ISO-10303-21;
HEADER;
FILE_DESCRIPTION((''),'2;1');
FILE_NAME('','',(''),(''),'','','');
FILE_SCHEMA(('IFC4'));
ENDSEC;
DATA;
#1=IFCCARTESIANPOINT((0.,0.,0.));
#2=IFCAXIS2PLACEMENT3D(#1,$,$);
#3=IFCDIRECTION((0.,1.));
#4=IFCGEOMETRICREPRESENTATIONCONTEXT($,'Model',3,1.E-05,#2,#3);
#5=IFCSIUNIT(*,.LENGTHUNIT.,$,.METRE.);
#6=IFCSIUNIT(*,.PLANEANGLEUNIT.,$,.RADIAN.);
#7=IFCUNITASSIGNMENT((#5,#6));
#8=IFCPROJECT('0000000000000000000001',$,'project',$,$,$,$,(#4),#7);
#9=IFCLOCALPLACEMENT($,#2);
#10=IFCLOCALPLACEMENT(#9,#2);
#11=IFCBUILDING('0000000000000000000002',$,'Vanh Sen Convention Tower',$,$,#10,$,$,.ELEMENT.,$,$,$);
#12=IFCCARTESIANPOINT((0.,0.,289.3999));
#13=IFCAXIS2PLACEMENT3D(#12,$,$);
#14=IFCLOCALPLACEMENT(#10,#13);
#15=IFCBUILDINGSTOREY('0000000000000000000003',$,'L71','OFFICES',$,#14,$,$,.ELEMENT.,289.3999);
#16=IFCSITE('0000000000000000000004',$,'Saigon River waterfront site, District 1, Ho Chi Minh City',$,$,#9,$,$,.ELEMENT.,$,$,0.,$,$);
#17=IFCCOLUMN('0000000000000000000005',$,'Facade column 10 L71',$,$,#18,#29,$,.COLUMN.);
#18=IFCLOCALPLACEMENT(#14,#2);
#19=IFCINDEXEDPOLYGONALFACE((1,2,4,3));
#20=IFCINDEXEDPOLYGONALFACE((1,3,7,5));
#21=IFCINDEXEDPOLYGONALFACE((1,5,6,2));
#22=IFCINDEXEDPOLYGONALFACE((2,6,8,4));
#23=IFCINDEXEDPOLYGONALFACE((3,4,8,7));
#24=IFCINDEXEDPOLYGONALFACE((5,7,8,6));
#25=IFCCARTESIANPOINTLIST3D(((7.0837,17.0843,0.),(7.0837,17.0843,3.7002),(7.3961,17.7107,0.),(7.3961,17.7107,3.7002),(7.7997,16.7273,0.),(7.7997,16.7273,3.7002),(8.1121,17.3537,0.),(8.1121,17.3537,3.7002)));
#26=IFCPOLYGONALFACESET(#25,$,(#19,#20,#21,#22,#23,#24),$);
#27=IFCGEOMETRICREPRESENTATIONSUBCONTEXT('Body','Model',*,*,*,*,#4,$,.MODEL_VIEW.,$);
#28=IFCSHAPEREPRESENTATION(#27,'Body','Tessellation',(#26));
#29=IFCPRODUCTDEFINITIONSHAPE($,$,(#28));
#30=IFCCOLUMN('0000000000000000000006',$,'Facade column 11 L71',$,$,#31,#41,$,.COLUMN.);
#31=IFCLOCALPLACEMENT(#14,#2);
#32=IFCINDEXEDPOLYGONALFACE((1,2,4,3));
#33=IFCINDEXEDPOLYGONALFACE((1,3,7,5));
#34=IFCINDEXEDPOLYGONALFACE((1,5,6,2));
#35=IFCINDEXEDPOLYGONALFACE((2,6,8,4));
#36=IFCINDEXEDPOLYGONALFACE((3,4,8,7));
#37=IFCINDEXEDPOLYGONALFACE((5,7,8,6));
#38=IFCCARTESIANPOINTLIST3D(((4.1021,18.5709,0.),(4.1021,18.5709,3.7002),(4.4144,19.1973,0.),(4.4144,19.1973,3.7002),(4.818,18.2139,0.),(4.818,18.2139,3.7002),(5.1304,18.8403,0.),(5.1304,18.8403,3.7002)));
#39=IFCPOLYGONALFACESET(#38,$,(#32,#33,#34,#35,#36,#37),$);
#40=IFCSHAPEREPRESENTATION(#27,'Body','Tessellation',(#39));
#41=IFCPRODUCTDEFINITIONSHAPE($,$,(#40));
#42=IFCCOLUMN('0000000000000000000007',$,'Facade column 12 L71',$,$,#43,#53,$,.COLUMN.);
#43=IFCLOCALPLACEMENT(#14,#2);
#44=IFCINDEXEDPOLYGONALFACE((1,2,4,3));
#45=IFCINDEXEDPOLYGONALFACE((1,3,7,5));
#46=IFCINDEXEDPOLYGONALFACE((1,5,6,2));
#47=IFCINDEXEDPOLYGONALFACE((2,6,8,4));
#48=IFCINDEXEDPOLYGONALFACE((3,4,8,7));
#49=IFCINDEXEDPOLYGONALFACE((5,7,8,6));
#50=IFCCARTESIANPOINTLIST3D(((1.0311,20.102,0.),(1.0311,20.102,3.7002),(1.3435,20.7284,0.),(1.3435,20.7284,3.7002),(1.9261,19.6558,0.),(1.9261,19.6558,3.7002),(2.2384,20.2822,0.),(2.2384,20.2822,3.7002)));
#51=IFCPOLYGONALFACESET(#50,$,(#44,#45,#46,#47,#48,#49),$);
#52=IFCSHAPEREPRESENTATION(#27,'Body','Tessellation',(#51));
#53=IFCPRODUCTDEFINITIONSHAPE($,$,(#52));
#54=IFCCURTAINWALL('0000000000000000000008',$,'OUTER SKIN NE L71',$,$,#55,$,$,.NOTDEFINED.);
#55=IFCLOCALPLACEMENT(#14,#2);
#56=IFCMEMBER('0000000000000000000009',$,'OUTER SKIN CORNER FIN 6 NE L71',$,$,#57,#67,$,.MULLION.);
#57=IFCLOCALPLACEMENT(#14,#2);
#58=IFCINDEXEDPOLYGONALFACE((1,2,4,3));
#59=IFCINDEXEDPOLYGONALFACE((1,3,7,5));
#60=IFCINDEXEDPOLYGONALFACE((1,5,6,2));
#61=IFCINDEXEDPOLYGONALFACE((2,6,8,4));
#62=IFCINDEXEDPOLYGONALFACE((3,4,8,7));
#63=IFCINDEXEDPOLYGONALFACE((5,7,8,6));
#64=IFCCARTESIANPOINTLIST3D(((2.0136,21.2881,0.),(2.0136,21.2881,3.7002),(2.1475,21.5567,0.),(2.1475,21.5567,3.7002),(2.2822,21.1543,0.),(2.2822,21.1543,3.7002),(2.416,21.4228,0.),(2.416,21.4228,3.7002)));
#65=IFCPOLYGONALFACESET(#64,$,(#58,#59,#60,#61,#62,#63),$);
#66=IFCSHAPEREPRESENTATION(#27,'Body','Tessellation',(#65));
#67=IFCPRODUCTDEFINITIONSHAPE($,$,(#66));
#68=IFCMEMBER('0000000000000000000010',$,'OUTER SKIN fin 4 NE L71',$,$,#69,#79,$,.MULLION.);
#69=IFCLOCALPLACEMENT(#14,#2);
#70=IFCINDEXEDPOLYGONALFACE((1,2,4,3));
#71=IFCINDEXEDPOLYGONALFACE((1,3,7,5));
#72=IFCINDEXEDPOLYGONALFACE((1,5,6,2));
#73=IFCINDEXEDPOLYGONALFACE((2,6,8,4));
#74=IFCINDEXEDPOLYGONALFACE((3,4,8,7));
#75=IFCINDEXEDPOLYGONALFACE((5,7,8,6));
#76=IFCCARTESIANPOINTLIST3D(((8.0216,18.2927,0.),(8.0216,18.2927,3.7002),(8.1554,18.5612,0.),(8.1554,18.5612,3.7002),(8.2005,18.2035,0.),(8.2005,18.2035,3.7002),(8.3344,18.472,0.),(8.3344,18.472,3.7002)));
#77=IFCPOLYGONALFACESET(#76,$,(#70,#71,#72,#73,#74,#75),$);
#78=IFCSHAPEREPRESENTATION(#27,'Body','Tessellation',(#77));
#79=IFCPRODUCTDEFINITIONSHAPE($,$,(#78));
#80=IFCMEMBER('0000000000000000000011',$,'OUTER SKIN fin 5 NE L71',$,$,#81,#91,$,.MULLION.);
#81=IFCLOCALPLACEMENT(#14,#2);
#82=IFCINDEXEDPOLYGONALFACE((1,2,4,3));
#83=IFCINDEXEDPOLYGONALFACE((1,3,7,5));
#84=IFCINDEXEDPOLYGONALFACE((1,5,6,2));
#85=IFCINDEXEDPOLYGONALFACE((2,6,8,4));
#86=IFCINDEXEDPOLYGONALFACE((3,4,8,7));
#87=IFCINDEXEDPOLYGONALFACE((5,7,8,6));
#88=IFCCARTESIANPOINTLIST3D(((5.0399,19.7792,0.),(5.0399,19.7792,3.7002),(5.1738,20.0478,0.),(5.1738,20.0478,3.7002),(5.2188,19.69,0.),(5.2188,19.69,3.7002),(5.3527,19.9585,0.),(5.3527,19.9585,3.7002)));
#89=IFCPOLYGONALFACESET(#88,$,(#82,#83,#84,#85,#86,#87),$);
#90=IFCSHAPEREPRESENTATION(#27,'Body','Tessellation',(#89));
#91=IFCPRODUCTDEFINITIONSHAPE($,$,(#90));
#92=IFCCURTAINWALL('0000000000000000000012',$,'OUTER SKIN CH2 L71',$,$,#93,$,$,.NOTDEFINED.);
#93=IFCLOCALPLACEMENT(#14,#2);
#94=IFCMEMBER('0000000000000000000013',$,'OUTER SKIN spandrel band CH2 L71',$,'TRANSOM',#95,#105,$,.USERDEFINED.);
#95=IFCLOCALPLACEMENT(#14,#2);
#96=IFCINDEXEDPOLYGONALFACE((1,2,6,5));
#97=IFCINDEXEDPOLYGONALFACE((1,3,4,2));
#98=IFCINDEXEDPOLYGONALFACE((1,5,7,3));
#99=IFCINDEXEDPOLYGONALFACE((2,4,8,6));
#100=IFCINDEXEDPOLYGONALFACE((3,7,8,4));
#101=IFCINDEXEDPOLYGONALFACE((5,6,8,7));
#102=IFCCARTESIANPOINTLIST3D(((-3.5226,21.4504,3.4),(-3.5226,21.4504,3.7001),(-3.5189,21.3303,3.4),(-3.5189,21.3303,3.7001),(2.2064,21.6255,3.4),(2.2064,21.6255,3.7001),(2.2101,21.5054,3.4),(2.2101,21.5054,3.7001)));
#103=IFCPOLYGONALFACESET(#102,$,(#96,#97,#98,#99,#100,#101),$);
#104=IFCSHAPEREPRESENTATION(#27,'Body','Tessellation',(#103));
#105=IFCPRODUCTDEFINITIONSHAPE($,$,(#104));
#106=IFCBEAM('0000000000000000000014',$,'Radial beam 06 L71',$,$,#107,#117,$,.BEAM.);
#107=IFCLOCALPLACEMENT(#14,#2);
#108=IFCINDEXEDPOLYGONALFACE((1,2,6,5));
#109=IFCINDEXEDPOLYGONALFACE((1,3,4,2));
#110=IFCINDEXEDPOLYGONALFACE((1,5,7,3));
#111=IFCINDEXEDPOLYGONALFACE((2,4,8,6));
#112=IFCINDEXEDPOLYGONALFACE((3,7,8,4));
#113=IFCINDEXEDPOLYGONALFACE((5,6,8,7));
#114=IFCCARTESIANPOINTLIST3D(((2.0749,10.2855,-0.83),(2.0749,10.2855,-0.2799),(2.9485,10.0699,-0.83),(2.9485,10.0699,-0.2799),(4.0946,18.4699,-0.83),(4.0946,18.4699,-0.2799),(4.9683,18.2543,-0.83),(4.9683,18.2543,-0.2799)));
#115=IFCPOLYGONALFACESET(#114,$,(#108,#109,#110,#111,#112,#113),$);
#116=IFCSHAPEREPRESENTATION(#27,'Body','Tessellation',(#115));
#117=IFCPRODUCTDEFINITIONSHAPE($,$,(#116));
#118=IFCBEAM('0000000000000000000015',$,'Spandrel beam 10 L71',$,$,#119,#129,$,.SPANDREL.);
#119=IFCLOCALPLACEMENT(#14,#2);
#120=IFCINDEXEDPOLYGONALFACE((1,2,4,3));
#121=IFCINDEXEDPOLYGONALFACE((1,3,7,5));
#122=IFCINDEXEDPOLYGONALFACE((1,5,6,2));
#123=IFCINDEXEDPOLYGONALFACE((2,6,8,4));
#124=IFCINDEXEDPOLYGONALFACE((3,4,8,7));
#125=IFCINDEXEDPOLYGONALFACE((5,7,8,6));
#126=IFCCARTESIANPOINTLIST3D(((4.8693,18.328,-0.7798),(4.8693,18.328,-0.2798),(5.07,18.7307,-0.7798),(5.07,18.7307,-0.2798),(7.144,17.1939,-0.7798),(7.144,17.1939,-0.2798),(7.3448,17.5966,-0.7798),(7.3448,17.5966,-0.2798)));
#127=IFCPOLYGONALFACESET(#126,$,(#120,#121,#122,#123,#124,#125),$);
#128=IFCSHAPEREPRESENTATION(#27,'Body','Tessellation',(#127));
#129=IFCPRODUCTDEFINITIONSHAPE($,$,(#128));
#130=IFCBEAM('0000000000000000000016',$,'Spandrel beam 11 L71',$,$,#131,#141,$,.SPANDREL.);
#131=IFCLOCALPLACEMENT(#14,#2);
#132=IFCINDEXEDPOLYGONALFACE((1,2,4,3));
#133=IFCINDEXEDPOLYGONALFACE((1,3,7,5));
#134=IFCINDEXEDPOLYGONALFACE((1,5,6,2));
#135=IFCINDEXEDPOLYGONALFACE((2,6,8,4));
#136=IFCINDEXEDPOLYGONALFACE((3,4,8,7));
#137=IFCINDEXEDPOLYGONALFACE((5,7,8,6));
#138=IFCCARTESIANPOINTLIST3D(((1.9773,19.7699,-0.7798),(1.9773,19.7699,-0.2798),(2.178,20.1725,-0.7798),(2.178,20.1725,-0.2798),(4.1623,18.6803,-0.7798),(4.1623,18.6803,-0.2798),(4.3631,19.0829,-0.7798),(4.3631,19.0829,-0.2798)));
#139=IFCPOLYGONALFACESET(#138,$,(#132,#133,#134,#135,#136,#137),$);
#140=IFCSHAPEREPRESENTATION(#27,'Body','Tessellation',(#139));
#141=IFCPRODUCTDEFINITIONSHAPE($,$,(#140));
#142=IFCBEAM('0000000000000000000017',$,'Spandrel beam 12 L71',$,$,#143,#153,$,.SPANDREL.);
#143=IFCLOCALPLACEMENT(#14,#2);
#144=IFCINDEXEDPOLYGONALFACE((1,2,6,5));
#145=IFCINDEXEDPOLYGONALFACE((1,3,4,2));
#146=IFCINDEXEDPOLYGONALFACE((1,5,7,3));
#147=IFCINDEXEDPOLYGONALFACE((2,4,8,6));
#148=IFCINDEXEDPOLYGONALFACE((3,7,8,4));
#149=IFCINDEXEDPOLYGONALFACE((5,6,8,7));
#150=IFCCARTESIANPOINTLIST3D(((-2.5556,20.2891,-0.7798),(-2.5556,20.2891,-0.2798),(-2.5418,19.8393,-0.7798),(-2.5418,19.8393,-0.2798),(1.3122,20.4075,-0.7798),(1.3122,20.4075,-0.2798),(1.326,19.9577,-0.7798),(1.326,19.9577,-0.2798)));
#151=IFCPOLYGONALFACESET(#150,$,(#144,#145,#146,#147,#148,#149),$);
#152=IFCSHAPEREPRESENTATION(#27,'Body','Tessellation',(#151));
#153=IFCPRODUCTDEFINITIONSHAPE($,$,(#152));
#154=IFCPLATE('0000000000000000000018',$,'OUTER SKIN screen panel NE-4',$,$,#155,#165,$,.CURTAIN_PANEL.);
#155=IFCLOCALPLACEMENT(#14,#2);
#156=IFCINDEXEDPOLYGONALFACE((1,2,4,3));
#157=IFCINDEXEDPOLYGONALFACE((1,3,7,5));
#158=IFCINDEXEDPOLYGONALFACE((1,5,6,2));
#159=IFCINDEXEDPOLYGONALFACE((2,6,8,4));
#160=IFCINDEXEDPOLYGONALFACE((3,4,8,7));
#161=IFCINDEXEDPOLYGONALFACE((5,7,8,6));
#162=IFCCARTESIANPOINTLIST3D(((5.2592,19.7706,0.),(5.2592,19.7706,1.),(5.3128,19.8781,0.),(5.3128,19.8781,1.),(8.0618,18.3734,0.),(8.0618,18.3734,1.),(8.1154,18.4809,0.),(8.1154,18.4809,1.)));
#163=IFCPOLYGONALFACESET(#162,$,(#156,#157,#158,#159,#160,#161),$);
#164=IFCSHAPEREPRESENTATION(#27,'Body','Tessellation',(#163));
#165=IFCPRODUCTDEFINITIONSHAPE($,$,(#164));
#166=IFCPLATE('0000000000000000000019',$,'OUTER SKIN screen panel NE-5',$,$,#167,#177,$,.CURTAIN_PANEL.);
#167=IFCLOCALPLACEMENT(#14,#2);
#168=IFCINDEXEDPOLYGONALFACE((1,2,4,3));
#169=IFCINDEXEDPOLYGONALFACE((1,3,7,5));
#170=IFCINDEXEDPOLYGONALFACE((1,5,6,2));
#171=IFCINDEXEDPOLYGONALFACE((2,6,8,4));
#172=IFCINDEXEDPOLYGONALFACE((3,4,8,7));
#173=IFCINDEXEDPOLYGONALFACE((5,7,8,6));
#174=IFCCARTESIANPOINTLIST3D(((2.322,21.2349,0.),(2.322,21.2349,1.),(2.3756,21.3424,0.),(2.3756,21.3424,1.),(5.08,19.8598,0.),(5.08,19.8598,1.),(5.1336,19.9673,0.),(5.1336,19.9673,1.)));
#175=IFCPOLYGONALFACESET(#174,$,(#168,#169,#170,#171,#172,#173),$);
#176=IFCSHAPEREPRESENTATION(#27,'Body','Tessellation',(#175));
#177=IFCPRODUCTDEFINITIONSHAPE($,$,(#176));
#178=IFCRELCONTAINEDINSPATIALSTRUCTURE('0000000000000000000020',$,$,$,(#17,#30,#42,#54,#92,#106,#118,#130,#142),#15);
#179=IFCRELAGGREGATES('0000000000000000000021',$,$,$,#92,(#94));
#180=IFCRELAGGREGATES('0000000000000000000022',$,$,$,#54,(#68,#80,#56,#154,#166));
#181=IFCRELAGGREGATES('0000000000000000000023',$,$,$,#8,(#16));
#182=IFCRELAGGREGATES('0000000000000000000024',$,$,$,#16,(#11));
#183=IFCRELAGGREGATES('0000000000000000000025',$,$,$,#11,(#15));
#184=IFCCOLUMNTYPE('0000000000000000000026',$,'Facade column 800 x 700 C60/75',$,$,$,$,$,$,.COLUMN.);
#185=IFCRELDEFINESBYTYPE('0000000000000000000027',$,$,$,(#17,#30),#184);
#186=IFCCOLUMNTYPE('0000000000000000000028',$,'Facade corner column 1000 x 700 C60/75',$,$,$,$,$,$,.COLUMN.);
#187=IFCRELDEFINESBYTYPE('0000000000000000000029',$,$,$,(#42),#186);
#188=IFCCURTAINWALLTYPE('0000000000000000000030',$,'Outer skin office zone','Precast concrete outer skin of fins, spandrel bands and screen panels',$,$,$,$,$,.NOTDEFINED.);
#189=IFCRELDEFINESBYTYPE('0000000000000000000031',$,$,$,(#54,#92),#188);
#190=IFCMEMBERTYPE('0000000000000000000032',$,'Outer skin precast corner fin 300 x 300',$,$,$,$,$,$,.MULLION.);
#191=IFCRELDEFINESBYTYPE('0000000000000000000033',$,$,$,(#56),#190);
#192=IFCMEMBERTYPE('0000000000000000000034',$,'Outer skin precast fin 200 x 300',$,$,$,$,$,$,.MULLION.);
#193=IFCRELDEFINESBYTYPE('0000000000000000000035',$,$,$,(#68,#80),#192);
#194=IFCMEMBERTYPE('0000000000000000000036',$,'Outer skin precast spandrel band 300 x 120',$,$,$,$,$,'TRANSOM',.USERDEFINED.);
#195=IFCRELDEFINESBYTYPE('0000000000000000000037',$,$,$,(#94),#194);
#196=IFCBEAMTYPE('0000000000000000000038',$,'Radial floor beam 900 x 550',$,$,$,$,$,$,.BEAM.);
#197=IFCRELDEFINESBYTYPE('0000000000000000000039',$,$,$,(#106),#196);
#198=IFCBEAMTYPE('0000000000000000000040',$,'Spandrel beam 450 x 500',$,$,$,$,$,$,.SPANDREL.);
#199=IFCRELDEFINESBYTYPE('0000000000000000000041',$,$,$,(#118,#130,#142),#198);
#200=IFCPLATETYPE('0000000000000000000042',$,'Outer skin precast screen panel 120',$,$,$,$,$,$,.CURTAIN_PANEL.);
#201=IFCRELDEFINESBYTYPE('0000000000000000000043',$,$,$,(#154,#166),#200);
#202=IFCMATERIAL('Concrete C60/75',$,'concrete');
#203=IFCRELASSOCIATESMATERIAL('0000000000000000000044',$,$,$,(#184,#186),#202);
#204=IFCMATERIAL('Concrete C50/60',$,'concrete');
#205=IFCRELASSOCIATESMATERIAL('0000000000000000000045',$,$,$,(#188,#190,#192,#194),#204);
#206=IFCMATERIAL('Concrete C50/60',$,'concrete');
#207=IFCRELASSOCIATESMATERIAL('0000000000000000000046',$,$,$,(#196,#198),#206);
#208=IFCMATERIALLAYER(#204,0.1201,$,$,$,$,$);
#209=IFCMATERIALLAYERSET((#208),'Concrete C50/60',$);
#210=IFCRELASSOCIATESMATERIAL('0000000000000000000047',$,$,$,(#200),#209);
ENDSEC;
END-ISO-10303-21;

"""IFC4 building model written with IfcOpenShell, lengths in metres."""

from ifc_helpers import new_model, si_unit, direction, frame, origin, origin_2d, place, context, subcontext, project, spatial, rectangle, extrude, material, layer, layer_set, material_profile, profile_set, type_object, element, aggregate, save


model = new_model("IFC4")

# Units and contexts
model_context = context("Model", 3, precision=1e-05, world=origin(), true_north=direction((0.0, 1.0)))
body_context = subcontext(model_context, "Body", "Model", "MODEL_VIEW")
ifc_project = project(units=[si_unit("LENGTHUNIT", "METRE"), si_unit("PLANEANGLEUNIT", "RADIAN")], contexts=[model_context])

# Site, building, storey
site_placement = place(None, origin())
site = spatial("IfcSite", under=ifc_project, at=site_placement, Name="Saigon River waterfront site, District 1, Ho Chi Minh City", CompositionType="ELEMENT", RefElevation=0.0)
building_placement = place(site_placement, origin())
building = spatial("IfcBuilding", under=site, at=building_placement, Name="Vanh Sen Convention Tower", CompositionType="ELEMENT")
storey_placement = place(building_placement, frame((0.0, 0.0, 289.3999)))
storey = spatial("IfcBuildingStorey", under=building, at=storey_placement, Name="L71", Description="OFFICES", CompositionType="ELEMENT", Elevation=289.3999)

# Columns
ifc_material_1 = material(Name="Concrete C60/75", Category="concrete")
ifc_material_profile_1 = material_profile(ifc_material_1, rectangle(XDim=0.8, YDim=0.7, at=origin_2d()), Name="RC 800X700")
ifc_profile_set_1 = profile_set([ifc_material_profile_1], Name="Concrete C60/75")
column_type_1 = type_object("IfcColumnType", Name="Facade column 800 x 700 C60/75", PredefinedType="COLUMN", material=ifc_profile_set_1)
for number, where, z_axis, x_axis, name in (
    (1, (7.5979, 17.219, 0.0), (0.0, 0.0, 1.0), (-0.894934, 0.446198, 0.0), "Facade column 10 L71"),
    (2, (4.6162, 18.7056, 0.0), (0.0, 0.0, 1.0), (-0.894934, 0.446198, 0.0), "Facade column 11 L71"),
):
    element("IfcColumn", number, at=place(storey_placement, frame(where, z_axis=z_axis, x_axis=x_axis)), inside=storey, type_object=column_type_1, Name=name, PredefinedType="COLUMN", context=body_context, shape_type="SweptSolid", body=[
        extrude(rectangle(XDim=0.8, YDim=0.7, at=origin_2d()), origin(), (0.0, 0.0, 1.0), 3.7002),
    ])
ifc_material_profile_2 = material_profile(ifc_material_1, rectangle(XDim=1.0, YDim=0.7, at=origin_2d()), Name="RC 1000X700")
ifc_profile_set_2 = profile_set([ifc_material_profile_2], Name="Concrete C60/75")
column_type_2 = type_object("IfcColumnType", Name="Facade corner column 1000 x 700 C60/75", PredefinedType="COLUMN", material=ifc_profile_set_2)
column_placement = place(storey_placement, frame((1.6348, 20.1921, 0.0), z_axis=(0.0, 0.0, 1.0), x_axis=(-0.894934, 0.446198, 0.0)))
element("IfcColumn", 3, at=column_placement, inside=storey, type_object=column_type_2, Name="Facade column 12 L71", PredefinedType="COLUMN", context=body_context, shape_type="SweptSolid", body=[
    extrude(rectangle(XDim=1.0, YDim=0.7, at=origin_2d()), origin(), (0.0, 0.0, 1.0), 3.7002),
])

# Curtain wall, members
ifc_material_2 = material(Name="Concrete C50/60", Category="concrete")
curtain_wall_type = type_object("IfcCurtainWallType", Name="Outer skin office zone", Description="Precast concrete outer skin of fins, spandrel bands and screen panels", PredefinedType="NOTDEFINED", material=ifc_material_2)
curtain_wall_1_placement = place(storey_placement, origin())
curtain_wall_1 = element("IfcCurtainWall", 4, at=curtain_wall_1_placement, inside=storey, type_object=curtain_wall_type, Name="OUTER SKIN NE L71", PredefinedType="NOTDEFINED")
ifc_material_profile_3 = material_profile(ifc_material_2, rectangle(XDim=0.3, YDim=0.3, at=origin_2d()), Name="Outer skin precast corner fin 300 x 300")
ifc_profile_set_3 = profile_set([ifc_material_profile_3], Name="Concrete C50/60")
member_type_1 = type_object("IfcMemberType", Name="Outer skin precast corner fin 300 x 300", PredefinedType="MULLION", material=ifc_profile_set_3)
member_1_placement = place(storey_placement, frame((2.2148, 21.3555, 0.0), z_axis=(0.0, 0.0, 1.0), x_axis=(-0.894934, 0.446198, 0.0)))
member_1 = element("IfcMember", 5, at=member_1_placement, type_object=member_type_1, Name="OUTER SKIN CORNER FIN 6 NE L71", PredefinedType="MULLION", context=body_context, shape_type="SweptSolid", body=[
    extrude(rectangle(XDim=0.3, YDim=0.3, at=origin_2d()), origin(), (0.0, 0.0, 1.0), 3.7002),
])
ifc_material_profile_4 = material_profile(ifc_material_2, rectangle(XDim=0.2, YDim=0.3, at=origin_2d()), Name="Outer skin precast fin 200 x 300")
ifc_profile_set_4 = profile_set([ifc_material_profile_4], Name="Concrete C50/60")
member_type_2 = type_object("IfcMemberType", Name="Outer skin precast fin 200 x 300", PredefinedType="MULLION", material=ifc_profile_set_4)
member_2_placement = place(storey_placement, frame((8.178, 18.3823, 0.0), z_axis=(0.0, 0.0, 1.0), x_axis=(-0.894934, 0.446198, 0.0)))
member_2 = element("IfcMember", 6, at=member_2_placement, type_object=member_type_2, Name="OUTER SKIN fin 4 NE L71", PredefinedType="MULLION", context=body_context, shape_type="SweptSolid", body=[
    extrude(rectangle(XDim=0.2, YDim=0.3, at=origin_2d()), origin(), (0.0, 0.0, 1.0), 3.7002),
])
member_3_placement = place(storey_placement, frame((5.1963, 19.8689, 0.0), z_axis=(0.0, 0.0, 1.0), x_axis=(-0.894934, 0.446198, 0.0)))
member_3 = element("IfcMember", 7, at=member_3_placement, type_object=member_type_2, Name="OUTER SKIN fin 5 NE L71", PredefinedType="MULLION", context=body_context, shape_type="SweptSolid", body=[
    extrude(rectangle(XDim=0.2, YDim=0.3, at=origin_2d()), origin(), (0.0, 0.0, 1.0), 3.7002),
])

# Curtain wall, member
curtain_wall_2_placement = place(storey_placement, origin())
curtain_wall_2 = element("IfcCurtainWall", 8, at=curtain_wall_2_placement, inside=storey, type_object=curtain_wall_type, Name="OUTER SKIN CH2 L71", PredefinedType="NOTDEFINED")
ifc_material_profile_5 = material_profile(ifc_material_2, rectangle(XDim=0.1201, YDim=0.3, at=origin_2d()), Name="Outer skin precast spandrel band 300 x 120")
ifc_profile_set_5 = profile_set([ifc_material_profile_5], Name="Concrete C50/60")
member_type_3 = type_object("IfcMemberType", Name="Outer skin precast spandrel band 300 x 120", ElementType="TRANSOM", PredefinedType="USERDEFINED", material=ifc_profile_set_5)
member_4_placement = place(storey_placement, frame((2.2083, 21.5654, 3.55), z_axis=(-0.999534, -0.030541, 0.0), x_axis=(0.030541, -0.999534, 0.0)))
member_4 = element("IfcMember", 9, at=member_4_placement, type_object=member_type_3, Name="OUTER SKIN spandrel band CH2 L71", ObjectType="TRANSOM", PredefinedType="USERDEFINED", context=body_context, shape_type="SweptSolid", body=[
    extrude(rectangle(XDim=0.1201, YDim=0.3, at=origin_2d()), origin(), (0.0, 0.0, 1.0), 5.7317),
])
aggregate(curtain_wall_2, [member_4])

# Beams
ifc_material_3 = material(Name="Concrete C50/60", Category="concrete")
ifc_material_profile_6 = material_profile(ifc_material_3, rectangle(XDim=0.8999, YDim=0.55, at=origin_2d()), Name="RC 900X550")
ifc_profile_set_6 = profile_set([ifc_material_profile_6], Name="Concrete C50/60")
beam_type_1 = type_object("IfcBeamType", Name="Radial floor beam 900 x 550", PredefinedType="BEAM", material=ifc_profile_set_6)
beam_1_placement = place(storey_placement, frame((4.5315, 18.3621, -0.5549), z_axis=(-0.239597, -0.970872, 0.0), x_axis=(0.970872, -0.239597, 0.0)))
element("IfcBeam", 10, at=beam_1_placement, inside=storey, type_object=beam_type_1, Name="Radial beam 06 L71", PredefinedType="BEAM", context=body_context, shape_type="SweptSolid", body=[
    extrude(rectangle(XDim=0.8999, YDim=0.55, at=origin_2d()), origin(), (0.0, 0.0, 1.0), 8.4299),
])
ifc_material_profile_7 = material_profile(ifc_material_3, rectangle(XDim=0.45, YDim=0.5, at=origin_2d()), Name="RC 450X500")
ifc_profile_set_7 = profile_set([ifc_material_profile_7], Name="Concrete C50/60")
beam_type_2 = type_object("IfcBeamType", Name="Spandrel beam 450 x 500", PredefinedType="SPANDREL", material=ifc_profile_set_7)
beam_2_placement = place(storey_placement, frame((7.2444, 17.3953, -0.5298), z_axis=(-0.894945, 0.446176, 0.0), x_axis=(-0.446176, -0.894945, 0.0)))
element("IfcBeam", 11, at=beam_2_placement, inside=storey, type_object=beam_type_2, Name="Spandrel beam 10 L71", PredefinedType="SPANDREL", context=body_context, shape_type="SweptSolid", body=[
    extrude(rectangle(XDim=0.45, YDim=0.5, at=origin_2d()), origin(), (0.0, 0.0, 1.0), 2.5417),
])
beam_3_placement = place(storey_placement, frame((4.2627, 18.8816, -0.5298), z_axis=(-0.894907, 0.446253, 0.0), x_axis=(-0.446253, -0.894907, 0.0)))
element("IfcBeam", 12, at=beam_3_placement, inside=storey, type_object=beam_type_2, Name="Spandrel beam 11 L71", PredefinedType="SPANDREL", context=body_context, shape_type="SweptSolid", body=[
    extrude(rectangle(XDim=0.45, YDim=0.5, at=origin_2d()), origin(), (0.0, 0.0, 1.0), 2.4417),
])
beam_4_placement = place(storey_placement, frame((1.3191, 20.1826, -0.5298), z_axis=(-0.999532, -0.030599, 0.0), x_axis=(0.030599, -0.999532, 0.0)))
element("IfcBeam", 13, at=beam_4_placement, inside=storey, type_object=beam_type_2, Name="Spandrel beam 12 L71", PredefinedType="SPANDREL", context=body_context, shape_type="SweptSolid", body=[
    extrude(rectangle(XDim=0.45, YDim=0.5, at=origin_2d()), origin(), (0.0, 0.0, 1.0), 3.8696),
])

# Plates
ifc_layer_1 = layer(ifc_material_2, 0.1201)
ifc_layer_set_1 = layer_set([ifc_layer_1], Name="Concrete C50/60")
plate_type = type_object("IfcPlateType", Name="Outer skin precast screen panel 120", PredefinedType="CURTAIN_PANEL", material=ifc_layer_set_1)
plate_1_placement = place(storey_placement, frame((6.6873, 19.1257, 0.0), z_axis=(0.0, 0.0, 1.0), x_axis=(-0.894943, 0.446181, 0.0)))
plate_1 = element("IfcPlate", 14, at=plate_1_placement, type_object=plate_type, Name="OUTER SKIN screen panel NE-4", PredefinedType="CURTAIN_PANEL", context=body_context, shape_type="SweptSolid", body=[
    extrude(rectangle(XDim=3.1316, YDim=0.1201, at=origin_2d()), origin(), (0.0, 0.0, 1.0), 1.0),
])
plate_2_placement = place(storey_placement, frame((3.7278, 20.6011, 0.0), z_axis=(0.0, 0.0, 1.0), x_axis=(-0.894931, 0.446204, 0.0)))
plate_2 = element("IfcPlate", 15, at=plate_2_placement, type_object=plate_type, Name="OUTER SKIN screen panel NE-5", PredefinedType="CURTAIN_PANEL", context=body_context, shape_type="SweptSolid", body=[
    extrude(rectangle(XDim=3.0818, YDim=0.1201, at=origin_2d()), origin(), (0.0, 0.0, 1.0), 1.0),
])
aggregate(curtain_wall_1, [member_2, member_3, member_1, plate_1, plate_2])

save(model, "model.ifc")
